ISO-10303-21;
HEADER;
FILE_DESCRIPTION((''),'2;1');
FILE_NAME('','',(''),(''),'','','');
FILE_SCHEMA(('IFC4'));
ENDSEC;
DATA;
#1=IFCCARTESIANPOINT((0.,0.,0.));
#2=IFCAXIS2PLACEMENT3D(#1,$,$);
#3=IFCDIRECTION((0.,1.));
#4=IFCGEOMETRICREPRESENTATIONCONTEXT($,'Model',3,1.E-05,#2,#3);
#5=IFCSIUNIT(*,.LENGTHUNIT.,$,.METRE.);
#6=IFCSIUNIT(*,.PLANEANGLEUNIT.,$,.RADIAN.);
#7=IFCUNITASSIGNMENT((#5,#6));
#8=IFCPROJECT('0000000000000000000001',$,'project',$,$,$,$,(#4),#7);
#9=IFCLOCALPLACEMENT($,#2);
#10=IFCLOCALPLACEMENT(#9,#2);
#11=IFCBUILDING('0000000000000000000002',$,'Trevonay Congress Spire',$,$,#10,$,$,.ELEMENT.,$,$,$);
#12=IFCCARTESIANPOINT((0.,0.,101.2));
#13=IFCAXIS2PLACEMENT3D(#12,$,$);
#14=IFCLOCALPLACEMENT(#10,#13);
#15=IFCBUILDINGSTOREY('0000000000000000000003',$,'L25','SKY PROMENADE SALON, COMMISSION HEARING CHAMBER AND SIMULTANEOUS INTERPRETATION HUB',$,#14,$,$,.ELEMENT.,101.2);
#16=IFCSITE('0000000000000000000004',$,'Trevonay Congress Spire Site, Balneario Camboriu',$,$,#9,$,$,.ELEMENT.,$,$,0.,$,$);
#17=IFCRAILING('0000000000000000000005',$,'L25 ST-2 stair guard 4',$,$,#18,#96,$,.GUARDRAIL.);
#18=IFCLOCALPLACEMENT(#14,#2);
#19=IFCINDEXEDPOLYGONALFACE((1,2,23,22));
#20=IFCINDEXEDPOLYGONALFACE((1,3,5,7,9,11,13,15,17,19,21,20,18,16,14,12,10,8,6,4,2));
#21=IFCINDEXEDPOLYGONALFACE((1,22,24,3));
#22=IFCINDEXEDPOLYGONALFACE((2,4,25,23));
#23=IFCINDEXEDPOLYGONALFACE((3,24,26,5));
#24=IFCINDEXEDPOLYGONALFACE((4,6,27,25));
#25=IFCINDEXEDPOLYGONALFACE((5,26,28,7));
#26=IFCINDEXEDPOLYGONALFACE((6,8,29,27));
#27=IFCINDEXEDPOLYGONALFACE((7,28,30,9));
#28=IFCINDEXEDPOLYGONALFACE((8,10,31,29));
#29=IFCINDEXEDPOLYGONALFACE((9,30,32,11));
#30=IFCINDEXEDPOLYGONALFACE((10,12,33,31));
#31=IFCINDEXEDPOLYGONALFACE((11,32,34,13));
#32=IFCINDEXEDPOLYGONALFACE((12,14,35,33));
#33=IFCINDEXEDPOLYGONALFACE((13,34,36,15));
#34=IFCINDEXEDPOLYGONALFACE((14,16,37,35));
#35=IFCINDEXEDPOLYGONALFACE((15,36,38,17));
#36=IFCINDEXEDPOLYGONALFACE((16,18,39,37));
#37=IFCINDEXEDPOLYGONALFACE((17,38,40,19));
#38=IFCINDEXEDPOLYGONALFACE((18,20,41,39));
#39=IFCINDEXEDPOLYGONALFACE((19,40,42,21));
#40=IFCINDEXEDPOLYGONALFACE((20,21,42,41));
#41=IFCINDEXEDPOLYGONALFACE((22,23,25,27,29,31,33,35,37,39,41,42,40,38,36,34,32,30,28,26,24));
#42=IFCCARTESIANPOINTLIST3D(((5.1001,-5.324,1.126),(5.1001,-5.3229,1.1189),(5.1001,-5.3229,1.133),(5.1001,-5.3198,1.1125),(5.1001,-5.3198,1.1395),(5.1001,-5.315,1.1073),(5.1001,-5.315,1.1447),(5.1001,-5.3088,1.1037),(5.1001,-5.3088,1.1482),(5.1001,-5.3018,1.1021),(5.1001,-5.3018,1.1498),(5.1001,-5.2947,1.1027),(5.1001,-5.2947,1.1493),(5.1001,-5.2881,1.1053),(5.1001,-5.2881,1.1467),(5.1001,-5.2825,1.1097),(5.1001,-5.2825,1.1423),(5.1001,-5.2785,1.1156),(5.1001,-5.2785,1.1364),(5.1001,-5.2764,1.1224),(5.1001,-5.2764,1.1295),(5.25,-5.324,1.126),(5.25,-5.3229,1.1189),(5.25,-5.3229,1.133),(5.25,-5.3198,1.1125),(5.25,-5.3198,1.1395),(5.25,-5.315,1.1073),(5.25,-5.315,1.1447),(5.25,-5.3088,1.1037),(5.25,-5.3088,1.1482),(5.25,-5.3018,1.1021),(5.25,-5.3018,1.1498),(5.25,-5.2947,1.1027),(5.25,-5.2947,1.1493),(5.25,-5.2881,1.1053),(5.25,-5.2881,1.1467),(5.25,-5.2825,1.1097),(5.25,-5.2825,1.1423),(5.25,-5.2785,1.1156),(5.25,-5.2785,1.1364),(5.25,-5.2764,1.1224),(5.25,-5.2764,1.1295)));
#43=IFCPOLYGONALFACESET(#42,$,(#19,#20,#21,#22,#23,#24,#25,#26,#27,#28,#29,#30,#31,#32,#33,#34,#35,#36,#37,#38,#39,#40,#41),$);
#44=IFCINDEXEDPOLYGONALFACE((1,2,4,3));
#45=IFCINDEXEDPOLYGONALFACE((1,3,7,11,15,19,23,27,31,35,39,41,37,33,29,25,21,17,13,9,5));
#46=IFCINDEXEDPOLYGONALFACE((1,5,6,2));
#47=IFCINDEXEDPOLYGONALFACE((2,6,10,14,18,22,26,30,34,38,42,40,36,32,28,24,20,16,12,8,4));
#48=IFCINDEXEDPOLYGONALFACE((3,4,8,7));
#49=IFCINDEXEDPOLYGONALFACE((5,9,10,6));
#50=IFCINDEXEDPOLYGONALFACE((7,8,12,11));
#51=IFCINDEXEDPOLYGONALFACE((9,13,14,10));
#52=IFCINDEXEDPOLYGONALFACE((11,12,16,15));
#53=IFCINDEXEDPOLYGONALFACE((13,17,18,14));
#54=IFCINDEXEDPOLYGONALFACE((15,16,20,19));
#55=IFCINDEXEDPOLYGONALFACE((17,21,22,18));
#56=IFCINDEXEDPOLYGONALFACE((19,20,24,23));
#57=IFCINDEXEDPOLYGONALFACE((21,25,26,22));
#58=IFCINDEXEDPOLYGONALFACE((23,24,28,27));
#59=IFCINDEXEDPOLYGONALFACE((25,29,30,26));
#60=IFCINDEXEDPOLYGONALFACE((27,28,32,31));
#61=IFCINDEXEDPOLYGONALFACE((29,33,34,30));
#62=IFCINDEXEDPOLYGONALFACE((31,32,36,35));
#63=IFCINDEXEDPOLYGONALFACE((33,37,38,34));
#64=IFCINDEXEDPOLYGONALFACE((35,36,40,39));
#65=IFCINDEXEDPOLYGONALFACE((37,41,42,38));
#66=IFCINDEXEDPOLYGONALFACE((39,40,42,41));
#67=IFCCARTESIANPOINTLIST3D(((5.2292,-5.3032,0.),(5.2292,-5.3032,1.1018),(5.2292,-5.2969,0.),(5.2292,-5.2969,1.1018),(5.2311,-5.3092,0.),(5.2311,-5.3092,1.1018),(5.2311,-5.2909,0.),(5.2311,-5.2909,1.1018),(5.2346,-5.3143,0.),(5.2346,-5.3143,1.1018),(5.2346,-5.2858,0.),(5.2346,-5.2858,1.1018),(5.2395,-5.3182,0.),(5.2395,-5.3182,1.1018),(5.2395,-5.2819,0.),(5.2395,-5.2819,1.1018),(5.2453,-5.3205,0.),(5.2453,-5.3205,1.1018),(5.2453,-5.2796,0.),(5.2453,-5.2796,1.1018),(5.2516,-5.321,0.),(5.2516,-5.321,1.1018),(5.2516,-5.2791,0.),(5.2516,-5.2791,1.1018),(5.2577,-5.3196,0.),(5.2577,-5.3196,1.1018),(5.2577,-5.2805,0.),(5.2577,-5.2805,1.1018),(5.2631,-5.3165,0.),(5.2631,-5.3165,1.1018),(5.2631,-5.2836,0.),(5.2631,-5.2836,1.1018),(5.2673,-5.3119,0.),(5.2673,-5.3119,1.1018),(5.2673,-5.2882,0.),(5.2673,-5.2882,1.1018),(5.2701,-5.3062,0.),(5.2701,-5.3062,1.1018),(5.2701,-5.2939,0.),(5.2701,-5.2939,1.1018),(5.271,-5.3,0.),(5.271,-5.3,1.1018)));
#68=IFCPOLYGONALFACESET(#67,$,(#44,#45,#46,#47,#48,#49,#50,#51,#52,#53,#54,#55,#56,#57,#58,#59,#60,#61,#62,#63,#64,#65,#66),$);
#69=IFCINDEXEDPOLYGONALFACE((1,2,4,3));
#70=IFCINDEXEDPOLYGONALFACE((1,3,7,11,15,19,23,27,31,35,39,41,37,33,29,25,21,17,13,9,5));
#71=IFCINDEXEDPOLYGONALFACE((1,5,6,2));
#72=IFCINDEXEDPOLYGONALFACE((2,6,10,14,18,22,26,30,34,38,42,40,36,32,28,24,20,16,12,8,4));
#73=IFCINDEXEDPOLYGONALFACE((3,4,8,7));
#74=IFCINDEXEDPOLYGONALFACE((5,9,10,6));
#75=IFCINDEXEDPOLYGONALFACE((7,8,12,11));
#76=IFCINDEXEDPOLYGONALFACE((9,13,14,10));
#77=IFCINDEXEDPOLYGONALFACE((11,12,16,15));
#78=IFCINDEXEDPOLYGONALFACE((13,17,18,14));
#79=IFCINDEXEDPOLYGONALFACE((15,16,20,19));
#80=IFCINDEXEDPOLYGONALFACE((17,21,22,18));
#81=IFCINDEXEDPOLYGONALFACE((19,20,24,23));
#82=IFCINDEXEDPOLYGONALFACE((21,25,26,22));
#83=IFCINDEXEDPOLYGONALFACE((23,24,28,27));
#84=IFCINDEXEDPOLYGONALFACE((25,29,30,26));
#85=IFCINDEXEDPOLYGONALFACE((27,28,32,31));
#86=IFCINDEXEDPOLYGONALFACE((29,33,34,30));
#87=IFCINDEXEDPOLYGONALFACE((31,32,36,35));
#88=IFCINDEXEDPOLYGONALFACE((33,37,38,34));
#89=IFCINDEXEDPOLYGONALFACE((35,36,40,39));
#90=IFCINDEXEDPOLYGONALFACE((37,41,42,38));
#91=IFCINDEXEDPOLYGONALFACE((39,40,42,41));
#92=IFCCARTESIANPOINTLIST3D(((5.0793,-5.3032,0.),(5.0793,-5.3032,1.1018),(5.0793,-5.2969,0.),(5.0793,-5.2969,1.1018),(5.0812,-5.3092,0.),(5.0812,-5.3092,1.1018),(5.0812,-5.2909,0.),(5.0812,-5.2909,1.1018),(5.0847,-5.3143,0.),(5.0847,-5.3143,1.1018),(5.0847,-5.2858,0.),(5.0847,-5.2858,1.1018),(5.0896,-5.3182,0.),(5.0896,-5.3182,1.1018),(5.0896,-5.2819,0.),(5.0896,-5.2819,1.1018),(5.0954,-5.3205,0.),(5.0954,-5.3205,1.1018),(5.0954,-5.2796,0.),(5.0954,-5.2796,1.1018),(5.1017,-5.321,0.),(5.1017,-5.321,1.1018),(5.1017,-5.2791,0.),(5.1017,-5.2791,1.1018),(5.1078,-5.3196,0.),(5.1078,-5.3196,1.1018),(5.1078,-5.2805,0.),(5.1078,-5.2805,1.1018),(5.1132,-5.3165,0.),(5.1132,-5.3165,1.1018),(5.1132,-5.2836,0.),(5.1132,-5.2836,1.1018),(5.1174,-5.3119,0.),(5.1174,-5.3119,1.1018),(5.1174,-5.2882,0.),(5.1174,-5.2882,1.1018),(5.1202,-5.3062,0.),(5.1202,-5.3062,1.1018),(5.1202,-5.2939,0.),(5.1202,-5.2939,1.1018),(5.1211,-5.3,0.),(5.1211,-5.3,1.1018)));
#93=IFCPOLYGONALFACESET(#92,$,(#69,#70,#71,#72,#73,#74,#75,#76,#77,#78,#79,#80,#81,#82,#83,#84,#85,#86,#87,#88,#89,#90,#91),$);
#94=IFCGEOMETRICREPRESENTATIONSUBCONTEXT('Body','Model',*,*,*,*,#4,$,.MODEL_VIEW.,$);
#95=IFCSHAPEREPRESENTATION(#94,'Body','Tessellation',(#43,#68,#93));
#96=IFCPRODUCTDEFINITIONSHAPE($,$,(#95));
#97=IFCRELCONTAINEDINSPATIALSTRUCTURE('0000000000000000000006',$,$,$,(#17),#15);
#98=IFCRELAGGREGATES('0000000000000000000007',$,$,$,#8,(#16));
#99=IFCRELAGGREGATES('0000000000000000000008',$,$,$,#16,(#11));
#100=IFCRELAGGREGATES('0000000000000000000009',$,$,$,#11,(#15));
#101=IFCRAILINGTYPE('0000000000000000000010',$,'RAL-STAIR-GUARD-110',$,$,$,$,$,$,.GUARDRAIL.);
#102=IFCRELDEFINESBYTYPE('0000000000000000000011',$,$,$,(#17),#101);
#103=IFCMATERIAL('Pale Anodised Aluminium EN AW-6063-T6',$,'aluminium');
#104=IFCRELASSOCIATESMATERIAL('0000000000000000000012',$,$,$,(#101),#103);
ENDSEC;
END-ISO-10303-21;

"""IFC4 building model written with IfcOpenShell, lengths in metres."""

from ifc_helpers import new_model, si_unit, direction, frame, origin, origin_2d, place, context, subcontext, project, spatial, circle, extrude, material, type_object, element, save


model = new_model("IFC4")

# Units and contexts
model_context = context("Model", 3, precision=1e-05, world=origin(), true_north=direction((0.0, 1.0)))
body_context = subcontext(model_context, "Body", "Model", "MODEL_VIEW")
ifc_project = project(units=[si_unit("LENGTHUNIT", "METRE"), si_unit("PLANEANGLEUNIT", "RADIAN")], contexts=[model_context])

# Site, building, storey
site_placement = place(None, origin())
site = spatial("IfcSite", under=ifc_project, at=site_placement, Name="Trevonay Congress Spire Site, Balneario Camboriu", CompositionType="ELEMENT", RefElevation=0.0)
building_placement = place(site_placement, origin())
building = spatial("IfcBuilding", under=site, at=building_placement, Name="Trevonay Congress Spire", CompositionType="ELEMENT")
storey_placement = place(building_placement, frame((0.0, 0.0, 101.2)))
storey = spatial("IfcBuildingStorey", under=building, at=storey_placement, Name="L25", Description="SKY PROMENADE SALON, COMMISSION HEARING CHAMBER AND SIMULTANEOUS INTERPRETATION HUB", CompositionType="ELEMENT", Elevation=101.2)

# Shared definitions
ifc_material_1 = material(Name="Pale Anodised Aluminium EN AW-6063-T6", Category="aluminium")

# Railing
railing_type_1 = type_object("IfcRailingType", Name="RAL-STAIR-GUARD-110", PredefinedType="GUARDRAIL", material=ifc_material_1)
railing_1_placement = place(storey_placement, frame((5.25, -5.3, 0.0)))
element("IfcRailing", 1, at=railing_1_placement, inside=storey, type_object=railing_type_1, Name="L25 ST-2 stair guard 4", PredefinedType="GUARDRAIL", context=body_context, shape_type="SweptSolid", body=[
    extrude(circle(Radius=0.0239, at=origin_2d()), frame((0.0, 0.0, 1.126), z_axis=(-1.0, 0.0, 0.0), x_axis=(0.0, -1.0, 0.0)), (0.0, 0.0, 1.0), 0.1499),
    extrude(circle(Radius=0.021, at=origin_2d()), origin(), (0.0, 0.0, 1.0), 1.1018),
    extrude(circle(Radius=0.021, at=origin_2d()), frame((-0.1499, 0.0, 0.0)), (0.0, 0.0, 1.0), 1.1018),
])

save(model, "model.ifc")
